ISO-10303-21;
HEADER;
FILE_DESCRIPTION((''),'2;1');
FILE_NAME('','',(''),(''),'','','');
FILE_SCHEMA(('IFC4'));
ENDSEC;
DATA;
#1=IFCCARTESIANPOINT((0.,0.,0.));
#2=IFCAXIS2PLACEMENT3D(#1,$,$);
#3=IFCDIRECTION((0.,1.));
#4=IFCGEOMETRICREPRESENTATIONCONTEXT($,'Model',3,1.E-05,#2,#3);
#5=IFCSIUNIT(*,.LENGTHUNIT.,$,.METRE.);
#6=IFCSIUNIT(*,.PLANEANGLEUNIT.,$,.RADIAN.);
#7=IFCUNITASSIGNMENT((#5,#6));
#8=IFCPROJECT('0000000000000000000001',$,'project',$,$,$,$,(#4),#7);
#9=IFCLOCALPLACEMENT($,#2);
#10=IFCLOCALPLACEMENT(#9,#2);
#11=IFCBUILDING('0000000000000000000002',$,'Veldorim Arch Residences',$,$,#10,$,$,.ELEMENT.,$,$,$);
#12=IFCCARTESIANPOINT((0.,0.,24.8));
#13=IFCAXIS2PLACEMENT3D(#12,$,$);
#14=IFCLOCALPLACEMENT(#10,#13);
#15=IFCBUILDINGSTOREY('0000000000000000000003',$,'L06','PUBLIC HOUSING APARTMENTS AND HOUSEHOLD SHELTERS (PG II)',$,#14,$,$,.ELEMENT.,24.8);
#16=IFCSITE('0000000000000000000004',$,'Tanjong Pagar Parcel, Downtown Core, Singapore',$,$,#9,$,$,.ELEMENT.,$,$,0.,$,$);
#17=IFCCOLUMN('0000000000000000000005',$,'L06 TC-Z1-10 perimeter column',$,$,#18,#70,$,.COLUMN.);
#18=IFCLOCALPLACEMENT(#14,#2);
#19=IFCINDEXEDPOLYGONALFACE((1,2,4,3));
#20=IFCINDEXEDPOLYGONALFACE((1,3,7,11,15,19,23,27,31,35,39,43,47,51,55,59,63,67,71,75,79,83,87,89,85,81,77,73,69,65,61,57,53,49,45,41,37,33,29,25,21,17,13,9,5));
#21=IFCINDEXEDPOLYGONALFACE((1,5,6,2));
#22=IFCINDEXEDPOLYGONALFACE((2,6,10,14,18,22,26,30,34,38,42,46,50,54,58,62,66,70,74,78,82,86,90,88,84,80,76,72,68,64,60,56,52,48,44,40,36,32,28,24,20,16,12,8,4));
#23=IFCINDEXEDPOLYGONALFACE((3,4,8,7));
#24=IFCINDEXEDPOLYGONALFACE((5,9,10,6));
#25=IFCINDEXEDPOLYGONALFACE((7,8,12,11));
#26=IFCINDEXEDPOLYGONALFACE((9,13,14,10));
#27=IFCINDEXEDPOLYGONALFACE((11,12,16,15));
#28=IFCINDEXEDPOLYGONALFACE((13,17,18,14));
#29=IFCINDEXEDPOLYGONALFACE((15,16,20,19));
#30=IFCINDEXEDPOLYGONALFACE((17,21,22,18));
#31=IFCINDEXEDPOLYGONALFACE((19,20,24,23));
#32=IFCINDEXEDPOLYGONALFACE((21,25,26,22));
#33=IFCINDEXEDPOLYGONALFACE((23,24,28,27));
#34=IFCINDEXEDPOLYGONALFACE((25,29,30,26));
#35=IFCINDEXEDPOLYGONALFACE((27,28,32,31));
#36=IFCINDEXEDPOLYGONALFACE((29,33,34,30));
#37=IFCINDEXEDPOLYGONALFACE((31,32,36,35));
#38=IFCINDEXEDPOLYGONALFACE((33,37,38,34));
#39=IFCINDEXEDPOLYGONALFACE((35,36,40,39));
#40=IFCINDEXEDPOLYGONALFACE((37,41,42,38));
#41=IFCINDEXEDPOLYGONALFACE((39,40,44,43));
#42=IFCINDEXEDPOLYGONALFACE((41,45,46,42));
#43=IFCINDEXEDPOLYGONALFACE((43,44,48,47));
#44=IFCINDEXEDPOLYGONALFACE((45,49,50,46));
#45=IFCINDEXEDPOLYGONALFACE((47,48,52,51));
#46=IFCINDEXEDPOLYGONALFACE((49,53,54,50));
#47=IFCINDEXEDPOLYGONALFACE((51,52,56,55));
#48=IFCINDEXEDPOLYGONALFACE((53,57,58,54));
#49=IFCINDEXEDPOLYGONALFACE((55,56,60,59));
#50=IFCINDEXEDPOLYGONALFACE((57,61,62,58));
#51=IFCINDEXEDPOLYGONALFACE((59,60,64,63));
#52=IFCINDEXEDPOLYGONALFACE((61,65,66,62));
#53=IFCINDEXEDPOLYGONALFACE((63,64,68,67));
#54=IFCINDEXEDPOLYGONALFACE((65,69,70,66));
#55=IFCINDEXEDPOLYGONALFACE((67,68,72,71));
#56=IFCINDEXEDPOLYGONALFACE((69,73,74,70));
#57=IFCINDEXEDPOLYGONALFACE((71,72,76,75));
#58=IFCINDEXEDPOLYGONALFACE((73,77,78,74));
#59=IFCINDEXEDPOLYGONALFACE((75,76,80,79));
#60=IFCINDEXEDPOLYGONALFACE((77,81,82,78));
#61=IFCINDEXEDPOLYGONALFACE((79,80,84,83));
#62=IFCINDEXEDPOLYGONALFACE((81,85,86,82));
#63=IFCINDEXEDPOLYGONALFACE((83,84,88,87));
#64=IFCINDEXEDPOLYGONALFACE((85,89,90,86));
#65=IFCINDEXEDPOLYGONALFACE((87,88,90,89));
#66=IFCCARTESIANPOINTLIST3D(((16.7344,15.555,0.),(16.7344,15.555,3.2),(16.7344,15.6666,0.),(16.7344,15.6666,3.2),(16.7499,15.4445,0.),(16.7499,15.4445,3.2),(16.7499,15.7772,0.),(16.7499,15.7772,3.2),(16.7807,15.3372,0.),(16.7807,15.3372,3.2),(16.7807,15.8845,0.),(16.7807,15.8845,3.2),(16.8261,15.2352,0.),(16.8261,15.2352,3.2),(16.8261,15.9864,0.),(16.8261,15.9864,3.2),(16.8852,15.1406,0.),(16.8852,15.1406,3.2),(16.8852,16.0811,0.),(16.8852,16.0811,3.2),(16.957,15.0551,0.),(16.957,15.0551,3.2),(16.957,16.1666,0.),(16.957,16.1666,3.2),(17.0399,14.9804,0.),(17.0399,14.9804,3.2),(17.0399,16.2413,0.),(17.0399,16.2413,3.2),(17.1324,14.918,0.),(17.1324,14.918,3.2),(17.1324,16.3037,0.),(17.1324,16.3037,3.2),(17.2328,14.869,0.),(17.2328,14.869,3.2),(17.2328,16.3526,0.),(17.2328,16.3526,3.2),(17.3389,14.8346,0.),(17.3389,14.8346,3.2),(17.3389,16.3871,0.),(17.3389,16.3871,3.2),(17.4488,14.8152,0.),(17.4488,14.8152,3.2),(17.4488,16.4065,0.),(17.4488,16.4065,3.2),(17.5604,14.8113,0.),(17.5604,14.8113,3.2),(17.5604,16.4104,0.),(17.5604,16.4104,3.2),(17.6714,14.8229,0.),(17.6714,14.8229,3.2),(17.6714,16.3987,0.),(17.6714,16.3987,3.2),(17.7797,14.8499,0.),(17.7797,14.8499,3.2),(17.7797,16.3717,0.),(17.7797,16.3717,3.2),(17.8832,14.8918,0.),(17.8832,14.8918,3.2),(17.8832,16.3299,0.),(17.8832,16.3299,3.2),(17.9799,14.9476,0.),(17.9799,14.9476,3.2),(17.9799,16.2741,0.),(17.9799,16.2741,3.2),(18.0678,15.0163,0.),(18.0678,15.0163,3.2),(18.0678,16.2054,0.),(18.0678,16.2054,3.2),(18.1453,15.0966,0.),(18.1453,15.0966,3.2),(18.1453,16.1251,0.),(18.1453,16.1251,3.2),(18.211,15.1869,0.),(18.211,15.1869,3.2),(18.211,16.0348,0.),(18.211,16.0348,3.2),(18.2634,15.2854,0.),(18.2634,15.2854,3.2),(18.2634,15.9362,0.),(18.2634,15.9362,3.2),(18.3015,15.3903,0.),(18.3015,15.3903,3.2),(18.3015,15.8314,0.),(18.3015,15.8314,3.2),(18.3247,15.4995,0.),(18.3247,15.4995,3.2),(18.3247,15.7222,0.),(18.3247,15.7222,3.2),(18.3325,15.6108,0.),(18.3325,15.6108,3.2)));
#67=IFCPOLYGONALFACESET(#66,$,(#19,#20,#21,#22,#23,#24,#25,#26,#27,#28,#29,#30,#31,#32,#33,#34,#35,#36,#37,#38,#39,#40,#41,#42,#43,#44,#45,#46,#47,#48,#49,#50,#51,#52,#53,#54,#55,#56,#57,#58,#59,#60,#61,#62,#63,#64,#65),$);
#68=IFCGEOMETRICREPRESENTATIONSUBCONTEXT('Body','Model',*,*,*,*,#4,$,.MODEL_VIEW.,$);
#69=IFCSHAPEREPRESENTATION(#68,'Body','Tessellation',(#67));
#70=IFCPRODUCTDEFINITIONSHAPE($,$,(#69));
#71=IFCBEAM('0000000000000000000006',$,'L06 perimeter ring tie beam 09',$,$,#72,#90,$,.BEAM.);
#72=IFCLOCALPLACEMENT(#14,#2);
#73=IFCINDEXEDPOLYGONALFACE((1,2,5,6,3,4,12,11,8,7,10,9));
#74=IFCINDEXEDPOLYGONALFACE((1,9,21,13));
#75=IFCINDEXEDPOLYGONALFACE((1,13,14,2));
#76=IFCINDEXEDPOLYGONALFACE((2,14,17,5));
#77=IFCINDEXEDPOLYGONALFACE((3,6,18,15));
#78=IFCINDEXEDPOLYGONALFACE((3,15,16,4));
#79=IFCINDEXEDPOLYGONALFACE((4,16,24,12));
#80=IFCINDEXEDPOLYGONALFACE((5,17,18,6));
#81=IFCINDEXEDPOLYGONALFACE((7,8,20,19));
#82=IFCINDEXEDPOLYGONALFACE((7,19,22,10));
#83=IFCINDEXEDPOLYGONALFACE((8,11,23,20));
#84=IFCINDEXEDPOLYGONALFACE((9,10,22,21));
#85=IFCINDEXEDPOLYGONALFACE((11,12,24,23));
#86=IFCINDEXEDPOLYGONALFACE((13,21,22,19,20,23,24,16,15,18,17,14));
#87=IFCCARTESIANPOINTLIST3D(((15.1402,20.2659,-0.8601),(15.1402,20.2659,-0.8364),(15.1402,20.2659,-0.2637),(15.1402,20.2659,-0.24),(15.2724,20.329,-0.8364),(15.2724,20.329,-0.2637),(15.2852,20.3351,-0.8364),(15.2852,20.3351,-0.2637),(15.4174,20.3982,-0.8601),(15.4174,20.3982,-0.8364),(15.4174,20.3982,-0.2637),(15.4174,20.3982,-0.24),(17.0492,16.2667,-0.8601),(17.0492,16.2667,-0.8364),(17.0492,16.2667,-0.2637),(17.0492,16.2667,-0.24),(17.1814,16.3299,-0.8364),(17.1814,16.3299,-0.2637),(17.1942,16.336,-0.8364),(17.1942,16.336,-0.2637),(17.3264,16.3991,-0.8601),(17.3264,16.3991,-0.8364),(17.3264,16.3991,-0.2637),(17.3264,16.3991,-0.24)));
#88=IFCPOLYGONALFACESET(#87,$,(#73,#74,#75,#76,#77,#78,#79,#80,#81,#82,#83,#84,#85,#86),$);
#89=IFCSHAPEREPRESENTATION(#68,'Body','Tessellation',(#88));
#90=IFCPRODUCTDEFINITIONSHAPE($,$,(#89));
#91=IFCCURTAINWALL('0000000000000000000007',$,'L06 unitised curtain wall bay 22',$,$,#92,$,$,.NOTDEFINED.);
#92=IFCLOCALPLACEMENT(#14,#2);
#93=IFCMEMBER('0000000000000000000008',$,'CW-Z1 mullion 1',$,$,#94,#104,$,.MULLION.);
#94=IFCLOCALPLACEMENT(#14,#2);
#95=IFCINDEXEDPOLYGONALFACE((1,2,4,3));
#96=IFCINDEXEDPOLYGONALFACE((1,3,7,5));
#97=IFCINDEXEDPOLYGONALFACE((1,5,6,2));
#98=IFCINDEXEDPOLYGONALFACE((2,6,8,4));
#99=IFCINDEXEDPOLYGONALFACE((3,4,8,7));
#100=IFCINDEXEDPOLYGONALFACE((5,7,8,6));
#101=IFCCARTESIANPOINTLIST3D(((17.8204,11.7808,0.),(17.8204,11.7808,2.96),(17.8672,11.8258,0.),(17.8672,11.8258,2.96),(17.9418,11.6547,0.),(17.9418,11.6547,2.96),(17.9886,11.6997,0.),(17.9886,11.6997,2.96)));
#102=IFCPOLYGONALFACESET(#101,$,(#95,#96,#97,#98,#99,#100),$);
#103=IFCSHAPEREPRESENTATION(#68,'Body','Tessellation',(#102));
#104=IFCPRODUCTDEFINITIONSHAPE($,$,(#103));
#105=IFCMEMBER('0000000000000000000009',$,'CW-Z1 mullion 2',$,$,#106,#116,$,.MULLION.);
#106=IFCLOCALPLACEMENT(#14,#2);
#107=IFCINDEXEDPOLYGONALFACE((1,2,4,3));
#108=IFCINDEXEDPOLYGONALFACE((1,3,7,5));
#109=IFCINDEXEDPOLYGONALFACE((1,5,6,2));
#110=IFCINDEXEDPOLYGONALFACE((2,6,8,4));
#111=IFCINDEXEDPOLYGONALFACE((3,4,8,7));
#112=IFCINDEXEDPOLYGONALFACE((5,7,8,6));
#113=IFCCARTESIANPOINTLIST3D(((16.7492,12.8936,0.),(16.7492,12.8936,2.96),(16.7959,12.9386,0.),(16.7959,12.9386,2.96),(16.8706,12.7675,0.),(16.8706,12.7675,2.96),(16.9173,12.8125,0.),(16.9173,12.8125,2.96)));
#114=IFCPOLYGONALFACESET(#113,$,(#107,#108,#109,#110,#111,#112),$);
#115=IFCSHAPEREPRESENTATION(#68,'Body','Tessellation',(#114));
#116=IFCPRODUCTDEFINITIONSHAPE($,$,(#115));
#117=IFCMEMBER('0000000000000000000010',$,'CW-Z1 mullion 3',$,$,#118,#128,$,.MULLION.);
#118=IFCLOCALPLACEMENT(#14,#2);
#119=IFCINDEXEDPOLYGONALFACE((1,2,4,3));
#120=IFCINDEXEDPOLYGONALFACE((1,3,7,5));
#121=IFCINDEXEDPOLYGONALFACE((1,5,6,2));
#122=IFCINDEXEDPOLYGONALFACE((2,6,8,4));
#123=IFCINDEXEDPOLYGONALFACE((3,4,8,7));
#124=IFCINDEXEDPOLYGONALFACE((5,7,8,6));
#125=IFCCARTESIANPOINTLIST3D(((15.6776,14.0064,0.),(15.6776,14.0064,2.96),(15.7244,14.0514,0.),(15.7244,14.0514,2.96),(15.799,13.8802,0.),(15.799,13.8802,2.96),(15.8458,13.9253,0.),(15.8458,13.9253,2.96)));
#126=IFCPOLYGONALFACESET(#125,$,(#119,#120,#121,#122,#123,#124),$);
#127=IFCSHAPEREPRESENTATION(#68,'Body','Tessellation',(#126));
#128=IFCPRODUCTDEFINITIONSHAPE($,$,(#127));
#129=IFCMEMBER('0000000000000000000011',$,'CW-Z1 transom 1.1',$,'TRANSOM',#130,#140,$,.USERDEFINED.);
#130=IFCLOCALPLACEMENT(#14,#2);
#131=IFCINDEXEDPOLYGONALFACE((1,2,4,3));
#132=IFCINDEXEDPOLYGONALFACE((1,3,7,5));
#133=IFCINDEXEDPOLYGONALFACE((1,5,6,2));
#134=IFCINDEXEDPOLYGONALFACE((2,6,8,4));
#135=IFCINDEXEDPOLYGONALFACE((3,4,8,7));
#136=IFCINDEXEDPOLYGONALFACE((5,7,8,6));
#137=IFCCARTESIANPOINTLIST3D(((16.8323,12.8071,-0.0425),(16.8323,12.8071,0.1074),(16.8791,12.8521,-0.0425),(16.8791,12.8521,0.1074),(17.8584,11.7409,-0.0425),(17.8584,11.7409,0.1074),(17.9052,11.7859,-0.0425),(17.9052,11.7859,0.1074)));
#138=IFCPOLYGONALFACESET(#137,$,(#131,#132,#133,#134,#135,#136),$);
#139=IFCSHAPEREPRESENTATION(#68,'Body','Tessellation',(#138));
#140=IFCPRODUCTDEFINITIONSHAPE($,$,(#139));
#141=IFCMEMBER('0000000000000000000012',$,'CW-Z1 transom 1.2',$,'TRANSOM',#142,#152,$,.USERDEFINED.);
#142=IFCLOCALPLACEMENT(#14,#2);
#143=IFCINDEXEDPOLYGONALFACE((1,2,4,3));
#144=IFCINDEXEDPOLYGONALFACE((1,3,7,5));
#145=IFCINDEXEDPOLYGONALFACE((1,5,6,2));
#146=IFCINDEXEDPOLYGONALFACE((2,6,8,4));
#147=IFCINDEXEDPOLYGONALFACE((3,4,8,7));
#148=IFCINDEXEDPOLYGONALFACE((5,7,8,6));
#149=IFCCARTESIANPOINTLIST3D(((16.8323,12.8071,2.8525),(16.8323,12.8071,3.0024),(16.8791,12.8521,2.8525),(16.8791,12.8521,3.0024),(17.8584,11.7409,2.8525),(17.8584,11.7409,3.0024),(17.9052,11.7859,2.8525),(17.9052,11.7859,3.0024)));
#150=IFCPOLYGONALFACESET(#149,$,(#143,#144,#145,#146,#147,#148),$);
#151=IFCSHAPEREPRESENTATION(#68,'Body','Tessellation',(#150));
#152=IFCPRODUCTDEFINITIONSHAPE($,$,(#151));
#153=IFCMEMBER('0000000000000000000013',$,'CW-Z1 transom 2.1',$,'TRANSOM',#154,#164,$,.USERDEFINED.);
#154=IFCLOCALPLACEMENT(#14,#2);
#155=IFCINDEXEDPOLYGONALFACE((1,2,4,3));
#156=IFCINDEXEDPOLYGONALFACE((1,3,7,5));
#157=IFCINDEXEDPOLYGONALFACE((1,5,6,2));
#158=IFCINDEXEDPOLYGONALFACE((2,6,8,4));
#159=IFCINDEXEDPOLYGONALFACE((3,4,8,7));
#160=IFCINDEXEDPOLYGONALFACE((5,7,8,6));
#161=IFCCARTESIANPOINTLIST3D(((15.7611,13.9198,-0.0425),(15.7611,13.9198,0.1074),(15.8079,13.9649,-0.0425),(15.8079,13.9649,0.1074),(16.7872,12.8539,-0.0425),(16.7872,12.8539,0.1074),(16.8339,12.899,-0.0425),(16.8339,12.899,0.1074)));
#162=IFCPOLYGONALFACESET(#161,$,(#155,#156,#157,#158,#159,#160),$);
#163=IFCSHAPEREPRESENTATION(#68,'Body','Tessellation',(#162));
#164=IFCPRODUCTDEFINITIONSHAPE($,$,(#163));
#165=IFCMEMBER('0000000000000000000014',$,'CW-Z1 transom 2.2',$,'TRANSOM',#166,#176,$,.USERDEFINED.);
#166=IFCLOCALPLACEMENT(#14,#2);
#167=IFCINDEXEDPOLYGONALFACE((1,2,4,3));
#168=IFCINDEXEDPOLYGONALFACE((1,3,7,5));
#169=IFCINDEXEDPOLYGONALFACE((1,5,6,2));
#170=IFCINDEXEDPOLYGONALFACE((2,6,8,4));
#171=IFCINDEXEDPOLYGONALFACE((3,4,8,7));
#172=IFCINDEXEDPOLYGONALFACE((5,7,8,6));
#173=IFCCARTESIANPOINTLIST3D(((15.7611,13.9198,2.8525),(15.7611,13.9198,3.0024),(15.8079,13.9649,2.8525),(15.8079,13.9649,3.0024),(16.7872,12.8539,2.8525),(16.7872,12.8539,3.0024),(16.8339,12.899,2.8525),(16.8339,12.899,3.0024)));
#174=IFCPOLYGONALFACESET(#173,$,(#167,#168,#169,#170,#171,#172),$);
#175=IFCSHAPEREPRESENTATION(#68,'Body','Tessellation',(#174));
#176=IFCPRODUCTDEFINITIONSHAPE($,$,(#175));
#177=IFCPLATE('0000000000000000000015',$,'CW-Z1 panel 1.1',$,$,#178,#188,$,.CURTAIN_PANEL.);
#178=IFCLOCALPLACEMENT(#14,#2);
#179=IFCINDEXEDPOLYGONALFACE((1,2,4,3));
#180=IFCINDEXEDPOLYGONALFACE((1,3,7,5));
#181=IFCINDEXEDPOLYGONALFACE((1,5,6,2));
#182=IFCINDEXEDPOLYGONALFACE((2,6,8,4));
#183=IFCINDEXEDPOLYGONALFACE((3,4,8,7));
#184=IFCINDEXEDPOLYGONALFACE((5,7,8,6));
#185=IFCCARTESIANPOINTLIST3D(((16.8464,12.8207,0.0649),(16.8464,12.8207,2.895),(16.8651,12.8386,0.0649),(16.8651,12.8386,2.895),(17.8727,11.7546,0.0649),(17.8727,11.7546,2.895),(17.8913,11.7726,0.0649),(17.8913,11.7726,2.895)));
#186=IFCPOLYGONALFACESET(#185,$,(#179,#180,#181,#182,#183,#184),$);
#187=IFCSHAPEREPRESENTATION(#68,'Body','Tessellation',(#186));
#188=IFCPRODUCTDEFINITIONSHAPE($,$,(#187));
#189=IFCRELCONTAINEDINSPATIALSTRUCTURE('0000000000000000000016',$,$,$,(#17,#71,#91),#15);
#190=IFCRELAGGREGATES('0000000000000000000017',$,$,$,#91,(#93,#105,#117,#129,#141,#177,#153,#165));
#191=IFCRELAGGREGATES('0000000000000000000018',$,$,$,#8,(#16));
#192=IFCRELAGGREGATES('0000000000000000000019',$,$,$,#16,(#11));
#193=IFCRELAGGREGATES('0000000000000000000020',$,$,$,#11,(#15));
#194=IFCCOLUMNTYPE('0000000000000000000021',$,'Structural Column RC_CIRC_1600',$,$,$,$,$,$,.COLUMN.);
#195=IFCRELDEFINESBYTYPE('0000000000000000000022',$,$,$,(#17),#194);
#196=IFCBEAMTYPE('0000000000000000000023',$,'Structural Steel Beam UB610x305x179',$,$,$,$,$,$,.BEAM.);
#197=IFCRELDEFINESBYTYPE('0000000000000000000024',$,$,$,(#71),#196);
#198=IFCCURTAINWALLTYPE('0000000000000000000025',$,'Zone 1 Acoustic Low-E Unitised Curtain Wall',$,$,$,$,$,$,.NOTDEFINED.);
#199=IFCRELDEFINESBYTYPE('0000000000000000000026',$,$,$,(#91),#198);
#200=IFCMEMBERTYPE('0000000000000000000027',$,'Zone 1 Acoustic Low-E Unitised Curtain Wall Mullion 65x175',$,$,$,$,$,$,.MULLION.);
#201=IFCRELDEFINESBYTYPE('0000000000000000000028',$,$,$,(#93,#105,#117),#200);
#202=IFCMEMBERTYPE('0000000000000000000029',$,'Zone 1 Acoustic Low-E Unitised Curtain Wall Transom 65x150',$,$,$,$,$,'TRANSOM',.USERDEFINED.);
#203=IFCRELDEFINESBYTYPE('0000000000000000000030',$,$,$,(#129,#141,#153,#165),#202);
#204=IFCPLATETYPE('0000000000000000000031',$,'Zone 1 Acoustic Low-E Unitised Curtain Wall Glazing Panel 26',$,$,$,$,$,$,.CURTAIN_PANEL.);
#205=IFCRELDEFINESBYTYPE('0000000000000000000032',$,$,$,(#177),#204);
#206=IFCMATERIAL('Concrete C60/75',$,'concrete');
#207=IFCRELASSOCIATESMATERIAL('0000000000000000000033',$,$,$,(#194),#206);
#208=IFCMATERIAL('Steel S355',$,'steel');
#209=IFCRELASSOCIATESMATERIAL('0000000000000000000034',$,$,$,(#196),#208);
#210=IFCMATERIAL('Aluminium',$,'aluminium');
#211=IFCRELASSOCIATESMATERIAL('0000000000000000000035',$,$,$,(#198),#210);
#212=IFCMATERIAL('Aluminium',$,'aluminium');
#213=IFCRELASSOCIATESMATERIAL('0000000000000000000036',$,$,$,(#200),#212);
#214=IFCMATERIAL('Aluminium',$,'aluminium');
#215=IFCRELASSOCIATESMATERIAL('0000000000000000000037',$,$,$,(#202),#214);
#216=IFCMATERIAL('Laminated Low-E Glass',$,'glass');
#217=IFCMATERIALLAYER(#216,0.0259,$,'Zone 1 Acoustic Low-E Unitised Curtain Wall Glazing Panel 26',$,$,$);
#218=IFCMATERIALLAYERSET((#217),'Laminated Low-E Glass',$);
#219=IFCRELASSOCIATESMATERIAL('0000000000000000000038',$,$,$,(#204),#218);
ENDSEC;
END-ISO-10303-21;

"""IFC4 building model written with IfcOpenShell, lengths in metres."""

from ifc_helpers import new_model, si_unit, direction, frame, origin, origin_2d, place, context, subcontext, project, spatial, rectangle, circle, i_section, extrude, material, layer, layer_set, material_profile, profile_set, type_object, element, aggregate, save


model = new_model("IFC4")

# Units and contexts
model_context = context("Model", 3, precision=1e-05, world=origin(), true_north=direction((0.0, 1.0)))
body_context = subcontext(model_context, "Body", "Model", "MODEL_VIEW")
ifc_project = project(units=[si_unit("LENGTHUNIT", "METRE"), si_unit("PLANEANGLEUNIT", "RADIAN")], contexts=[model_context])

# Site, building, storey
site_placement = place(None, origin())
site = spatial("IfcSite", under=ifc_project, at=site_placement, Name="Tanjong Pagar Parcel, Downtown Core, Singapore", CompositionType="ELEMENT", RefElevation=0.0)
building_placement = place(site_placement, origin())
building = spatial("IfcBuilding", under=site, at=building_placement, Name="Veldorim Arch Residences", CompositionType="ELEMENT")
storey_placement = place(building_placement, frame((0.0, 0.0, 24.8)))
storey = spatial("IfcBuildingStorey", under=building, at=storey_placement, Name="L06", Description="PUBLIC HOUSING APARTMENTS AND HOUSEHOLD SHELTERS (PG II)", CompositionType="ELEMENT", Elevation=24.8)

# Column
ifc_material_1 = material(Name="Concrete C60/75", Category="concrete")
ifc_material_profile_1 = material_profile(ifc_material_1, circle(Radius=0.8, at=origin_2d()), Name="RC_CIRC_1600")
ifc_profile_set_1 = profile_set([ifc_material_profile_1], Name="Concrete C60/75")
column_type = type_object("IfcColumnType", Name="Structural Column RC_CIRC_1600", PredefinedType="COLUMN", material=ifc_profile_set_1)
column_placement = place(storey_placement, frame((17.5325, 15.6108, 0.0), z_axis=(0.0, 0.0, 1.0), x_axis=(1.0, 0.0, 0.0)))
element("IfcColumn", 1, at=column_placement, inside=storey, type_object=column_type, Name="L06 TC-Z1-10 perimeter column", PredefinedType="COLUMN", context=body_context, shape_type="SweptSolid", body=[
    extrude(circle(Radius=0.8, at=origin_2d()), origin(), (0.0, 0.0, 1.0), 3.2),
])

# Beam
ifc_material_2 = material(Name="Steel S355", Category="steel")
ifc_material_profile_2 = material_profile(ifc_material_2, i_section(OverallWidth=0.3071, OverallDepth=0.6201, WebThickness=0.0142, FlangeThickness=0.0237, at=origin_2d()), Name="UB610x305x179")
ifc_profile_set_2 = profile_set([ifc_material_profile_2], Name="Steel S355")
beam_type = type_object("IfcBeamType", Name="Structural Steel Beam UB610x305x179", PredefinedType="BEAM", material=ifc_profile_set_2)
beam_placement = place(storey_placement, frame((15.2788, 20.332, -0.55), z_axis=(0.430787, -0.902454, 0.0), x_axis=(0.902454, 0.430787, 0.0)))
element("IfcBeam", 2, at=beam_placement, inside=storey, type_object=beam_type, Name="L06 perimeter ring tie beam 09", PredefinedType="BEAM", context=body_context, shape_type="SweptSolid", body=[
    extrude(i_section(OverallWidth=0.3071, OverallDepth=0.6201, WebThickness=0.0142, FlangeThickness=0.0237, at=origin_2d()), origin(), (0.0, 0.0, 1.0), 4.4314),
])

# Curtain wall, members, plate
ifc_material_3 = material(Name="Aluminium", Category="aluminium")
curtain_wall_type = type_object("IfcCurtainWallType", Name="Zone 1 Acoustic Low-E Unitised Curtain Wall", PredefinedType="NOTDEFINED", material=ifc_material_3)
curtain_wall_placement = place(storey_placement, origin())
curtain_wall = element("IfcCurtainWall", 3, at=curtain_wall_placement, inside=storey, type_object=curtain_wall_type, Name="L06 unitised curtain wall bay 22", PredefinedType="NOTDEFINED")
ifc_material_4 = material(Name="Aluminium", Category="aluminium")
ifc_material_profile_3 = material_profile(ifc_material_4, rectangle(XDim=0.0649, YDim=0.175, at=origin_2d()), Name="ALU_MUL_65x175")
ifc_profile_set_3 = profile_set([ifc_material_profile_3], Name="Aluminium")
member_type_1 = type_object("IfcMemberType", Name="Zone 1 Acoustic Low-E Unitised Curtain Wall Mullion 65x175", PredefinedType="MULLION", material=ifc_profile_set_3)
member_1_placement = place(storey_placement, frame((17.9045, 11.7402, 0.0), z_axis=(0.0, 0.0, 1.0), x_axis=(-0.720421, -0.693538, 0.0)))
member_1 = element("IfcMember", 4, at=member_1_placement, type_object=member_type_1, Name="CW-Z1 mullion 1", PredefinedType="MULLION", context=body_context, shape_type="SweptSolid", body=[
    extrude(rectangle(XDim=0.0649, YDim=0.175, at=origin_2d()), origin(), (0.0, 0.0, 1.0), 2.96),
])
member_2_placement = place(storey_placement, frame((16.8333, 12.853, 0.0), z_axis=(0.0, 0.0, 1.0), x_axis=(-0.720421, -0.693538, 0.0)))
member_2 = element("IfcMember", 5, at=member_2_placement, type_object=member_type_1, Name="CW-Z1 mullion 2", PredefinedType="MULLION", context=body_context, shape_type="SweptSolid", body=[
    extrude(rectangle(XDim=0.0649, YDim=0.175, at=origin_2d()), origin(), (0.0, 0.0, 1.0), 2.96),
])
member_3_placement = place(storey_placement, frame((15.7617, 13.9658, 0.0), z_axis=(0.0, 0.0, 1.0), x_axis=(-0.720421, -0.693538, 0.0)))
member_3 = element("IfcMember", 6, at=member_3_placement, type_object=member_type_1, Name="CW-Z1 mullion 3", PredefinedType="MULLION", context=body_context, shape_type="SweptSolid", body=[
    extrude(rectangle(XDim=0.0649, YDim=0.175, at=origin_2d()), origin(), (0.0, 0.0, 1.0), 2.96),
])
ifc_material_5 = material(Name="Aluminium", Category="aluminium")
ifc_material_profile_4 = material_profile(ifc_material_5, rectangle(XDim=0.0649, YDim=0.1499, at=origin_2d()), Name="ALU_TRN_65x150")
ifc_profile_set_4 = profile_set([ifc_material_profile_4], Name="Aluminium")
member_type_2 = type_object("IfcMemberType", Name="Zone 1 Acoustic Low-E Unitised Curtain Wall Transom 65x150", ElementType="TRANSOM", PredefinedType="USERDEFINED", material=ifc_profile_set_4)
member_4_placement = place(storey_placement, frame((17.8818, 11.7634, 0.0325), z_axis=(-0.693448, 0.720506, 0.0), x_axis=(-0.720506, -0.693448, 0.0)))
member_4 = element("IfcMember", 7, at=member_4_placement, type_object=member_type_2, Name="CW-Z1 transom 1.1", ObjectType="TRANSOM", PredefinedType="USERDEFINED", context=body_context, shape_type="SweptSolid", body=[
    extrude(rectangle(XDim=0.0649, YDim=0.1499, at=origin_2d()), origin(), (0.0, 0.0, 1.0), 1.4797),
])
member_5_placement = place(storey_placement, frame((17.8818, 11.7634, 2.9275), z_axis=(-0.693448, 0.720506, 0.0), x_axis=(-0.720506, -0.693448, 0.0)))
member_5 = element("IfcMember", 8, at=member_5_placement, type_object=member_type_2, Name="CW-Z1 transom 1.2", ObjectType="TRANSOM", PredefinedType="USERDEFINED", context=body_context, shape_type="SweptSolid", body=[
    extrude(rectangle(XDim=0.0649, YDim=0.1499, at=origin_2d()), origin(), (0.0, 0.0, 1.0), 1.4797),
])
member_6_placement = place(storey_placement, frame((16.8105, 12.8765, 0.0325), z_axis=(-0.693531, 0.720427, 0.0), x_axis=(-0.720427, -0.693531, 0.0)))
member_6 = element("IfcMember", 9, at=member_6_placement, type_object=member_type_2, Name="CW-Z1 transom 2.1", ObjectType="TRANSOM", PredefinedType="USERDEFINED", context=body_context, shape_type="SweptSolid", body=[
    extrude(rectangle(XDim=0.0649, YDim=0.1499, at=origin_2d()), origin(), (0.0, 0.0, 1.0), 1.4795),
])
member_7_placement = place(storey_placement, frame((16.8105, 12.8765, 2.9275), z_axis=(-0.693531, 0.720427, 0.0), x_axis=(-0.720427, -0.693531, 0.0)))
member_7 = element("IfcMember", 10, at=member_7_placement, type_object=member_type_2, Name="CW-Z1 transom 2.2", ObjectType="TRANSOM", PredefinedType="USERDEFINED", context=body_context, shape_type="SweptSolid", body=[
    extrude(rectangle(XDim=0.0649, YDim=0.1499, at=origin_2d()), origin(), (0.0, 0.0, 1.0), 1.4795),
])
ifc_material_6 = material(Name="Laminated Low-E Glass", Category="glass")
ifc_layer_1 = layer(ifc_material_6, 0.0259, Name="Zone 1 Acoustic Low-E Unitised Curtain Wall Glazing Panel 26")
ifc_layer_set_1 = layer_set([ifc_layer_1], Name="Laminated Low-E Glass")
plate_type = type_object("IfcPlateType", Name="Zone 1 Acoustic Low-E Unitised Curtain Wall Glazing Panel 26", PredefinedType="CURTAIN_PANEL", material=ifc_layer_set_1)
plate_1_placement = place(storey_placement, frame((17.3689, 12.2966, 0.0649), z_axis=(0.0, 0.0, 1.0), x_axis=(-0.693538, 0.720421, 0.0)))
plate_1 = element("IfcPlate", 11, at=plate_1_placement, type_object=plate_type, Name="CW-Z1 panel 1.1", PredefinedType="CURTAIN_PANEL", context=body_context, shape_type="SweptSolid", body=[
    extrude(rectangle(XDim=1.4797, YDim=0.0259, at=origin_2d()), origin(), (0.0, 0.0, 1.0), 2.8301),
])
aggregate(curtain_wall, [member_1, member_2, member_3, member_4, member_5, plate_1, member_6, member_7])

save(model, "model.ifc")
